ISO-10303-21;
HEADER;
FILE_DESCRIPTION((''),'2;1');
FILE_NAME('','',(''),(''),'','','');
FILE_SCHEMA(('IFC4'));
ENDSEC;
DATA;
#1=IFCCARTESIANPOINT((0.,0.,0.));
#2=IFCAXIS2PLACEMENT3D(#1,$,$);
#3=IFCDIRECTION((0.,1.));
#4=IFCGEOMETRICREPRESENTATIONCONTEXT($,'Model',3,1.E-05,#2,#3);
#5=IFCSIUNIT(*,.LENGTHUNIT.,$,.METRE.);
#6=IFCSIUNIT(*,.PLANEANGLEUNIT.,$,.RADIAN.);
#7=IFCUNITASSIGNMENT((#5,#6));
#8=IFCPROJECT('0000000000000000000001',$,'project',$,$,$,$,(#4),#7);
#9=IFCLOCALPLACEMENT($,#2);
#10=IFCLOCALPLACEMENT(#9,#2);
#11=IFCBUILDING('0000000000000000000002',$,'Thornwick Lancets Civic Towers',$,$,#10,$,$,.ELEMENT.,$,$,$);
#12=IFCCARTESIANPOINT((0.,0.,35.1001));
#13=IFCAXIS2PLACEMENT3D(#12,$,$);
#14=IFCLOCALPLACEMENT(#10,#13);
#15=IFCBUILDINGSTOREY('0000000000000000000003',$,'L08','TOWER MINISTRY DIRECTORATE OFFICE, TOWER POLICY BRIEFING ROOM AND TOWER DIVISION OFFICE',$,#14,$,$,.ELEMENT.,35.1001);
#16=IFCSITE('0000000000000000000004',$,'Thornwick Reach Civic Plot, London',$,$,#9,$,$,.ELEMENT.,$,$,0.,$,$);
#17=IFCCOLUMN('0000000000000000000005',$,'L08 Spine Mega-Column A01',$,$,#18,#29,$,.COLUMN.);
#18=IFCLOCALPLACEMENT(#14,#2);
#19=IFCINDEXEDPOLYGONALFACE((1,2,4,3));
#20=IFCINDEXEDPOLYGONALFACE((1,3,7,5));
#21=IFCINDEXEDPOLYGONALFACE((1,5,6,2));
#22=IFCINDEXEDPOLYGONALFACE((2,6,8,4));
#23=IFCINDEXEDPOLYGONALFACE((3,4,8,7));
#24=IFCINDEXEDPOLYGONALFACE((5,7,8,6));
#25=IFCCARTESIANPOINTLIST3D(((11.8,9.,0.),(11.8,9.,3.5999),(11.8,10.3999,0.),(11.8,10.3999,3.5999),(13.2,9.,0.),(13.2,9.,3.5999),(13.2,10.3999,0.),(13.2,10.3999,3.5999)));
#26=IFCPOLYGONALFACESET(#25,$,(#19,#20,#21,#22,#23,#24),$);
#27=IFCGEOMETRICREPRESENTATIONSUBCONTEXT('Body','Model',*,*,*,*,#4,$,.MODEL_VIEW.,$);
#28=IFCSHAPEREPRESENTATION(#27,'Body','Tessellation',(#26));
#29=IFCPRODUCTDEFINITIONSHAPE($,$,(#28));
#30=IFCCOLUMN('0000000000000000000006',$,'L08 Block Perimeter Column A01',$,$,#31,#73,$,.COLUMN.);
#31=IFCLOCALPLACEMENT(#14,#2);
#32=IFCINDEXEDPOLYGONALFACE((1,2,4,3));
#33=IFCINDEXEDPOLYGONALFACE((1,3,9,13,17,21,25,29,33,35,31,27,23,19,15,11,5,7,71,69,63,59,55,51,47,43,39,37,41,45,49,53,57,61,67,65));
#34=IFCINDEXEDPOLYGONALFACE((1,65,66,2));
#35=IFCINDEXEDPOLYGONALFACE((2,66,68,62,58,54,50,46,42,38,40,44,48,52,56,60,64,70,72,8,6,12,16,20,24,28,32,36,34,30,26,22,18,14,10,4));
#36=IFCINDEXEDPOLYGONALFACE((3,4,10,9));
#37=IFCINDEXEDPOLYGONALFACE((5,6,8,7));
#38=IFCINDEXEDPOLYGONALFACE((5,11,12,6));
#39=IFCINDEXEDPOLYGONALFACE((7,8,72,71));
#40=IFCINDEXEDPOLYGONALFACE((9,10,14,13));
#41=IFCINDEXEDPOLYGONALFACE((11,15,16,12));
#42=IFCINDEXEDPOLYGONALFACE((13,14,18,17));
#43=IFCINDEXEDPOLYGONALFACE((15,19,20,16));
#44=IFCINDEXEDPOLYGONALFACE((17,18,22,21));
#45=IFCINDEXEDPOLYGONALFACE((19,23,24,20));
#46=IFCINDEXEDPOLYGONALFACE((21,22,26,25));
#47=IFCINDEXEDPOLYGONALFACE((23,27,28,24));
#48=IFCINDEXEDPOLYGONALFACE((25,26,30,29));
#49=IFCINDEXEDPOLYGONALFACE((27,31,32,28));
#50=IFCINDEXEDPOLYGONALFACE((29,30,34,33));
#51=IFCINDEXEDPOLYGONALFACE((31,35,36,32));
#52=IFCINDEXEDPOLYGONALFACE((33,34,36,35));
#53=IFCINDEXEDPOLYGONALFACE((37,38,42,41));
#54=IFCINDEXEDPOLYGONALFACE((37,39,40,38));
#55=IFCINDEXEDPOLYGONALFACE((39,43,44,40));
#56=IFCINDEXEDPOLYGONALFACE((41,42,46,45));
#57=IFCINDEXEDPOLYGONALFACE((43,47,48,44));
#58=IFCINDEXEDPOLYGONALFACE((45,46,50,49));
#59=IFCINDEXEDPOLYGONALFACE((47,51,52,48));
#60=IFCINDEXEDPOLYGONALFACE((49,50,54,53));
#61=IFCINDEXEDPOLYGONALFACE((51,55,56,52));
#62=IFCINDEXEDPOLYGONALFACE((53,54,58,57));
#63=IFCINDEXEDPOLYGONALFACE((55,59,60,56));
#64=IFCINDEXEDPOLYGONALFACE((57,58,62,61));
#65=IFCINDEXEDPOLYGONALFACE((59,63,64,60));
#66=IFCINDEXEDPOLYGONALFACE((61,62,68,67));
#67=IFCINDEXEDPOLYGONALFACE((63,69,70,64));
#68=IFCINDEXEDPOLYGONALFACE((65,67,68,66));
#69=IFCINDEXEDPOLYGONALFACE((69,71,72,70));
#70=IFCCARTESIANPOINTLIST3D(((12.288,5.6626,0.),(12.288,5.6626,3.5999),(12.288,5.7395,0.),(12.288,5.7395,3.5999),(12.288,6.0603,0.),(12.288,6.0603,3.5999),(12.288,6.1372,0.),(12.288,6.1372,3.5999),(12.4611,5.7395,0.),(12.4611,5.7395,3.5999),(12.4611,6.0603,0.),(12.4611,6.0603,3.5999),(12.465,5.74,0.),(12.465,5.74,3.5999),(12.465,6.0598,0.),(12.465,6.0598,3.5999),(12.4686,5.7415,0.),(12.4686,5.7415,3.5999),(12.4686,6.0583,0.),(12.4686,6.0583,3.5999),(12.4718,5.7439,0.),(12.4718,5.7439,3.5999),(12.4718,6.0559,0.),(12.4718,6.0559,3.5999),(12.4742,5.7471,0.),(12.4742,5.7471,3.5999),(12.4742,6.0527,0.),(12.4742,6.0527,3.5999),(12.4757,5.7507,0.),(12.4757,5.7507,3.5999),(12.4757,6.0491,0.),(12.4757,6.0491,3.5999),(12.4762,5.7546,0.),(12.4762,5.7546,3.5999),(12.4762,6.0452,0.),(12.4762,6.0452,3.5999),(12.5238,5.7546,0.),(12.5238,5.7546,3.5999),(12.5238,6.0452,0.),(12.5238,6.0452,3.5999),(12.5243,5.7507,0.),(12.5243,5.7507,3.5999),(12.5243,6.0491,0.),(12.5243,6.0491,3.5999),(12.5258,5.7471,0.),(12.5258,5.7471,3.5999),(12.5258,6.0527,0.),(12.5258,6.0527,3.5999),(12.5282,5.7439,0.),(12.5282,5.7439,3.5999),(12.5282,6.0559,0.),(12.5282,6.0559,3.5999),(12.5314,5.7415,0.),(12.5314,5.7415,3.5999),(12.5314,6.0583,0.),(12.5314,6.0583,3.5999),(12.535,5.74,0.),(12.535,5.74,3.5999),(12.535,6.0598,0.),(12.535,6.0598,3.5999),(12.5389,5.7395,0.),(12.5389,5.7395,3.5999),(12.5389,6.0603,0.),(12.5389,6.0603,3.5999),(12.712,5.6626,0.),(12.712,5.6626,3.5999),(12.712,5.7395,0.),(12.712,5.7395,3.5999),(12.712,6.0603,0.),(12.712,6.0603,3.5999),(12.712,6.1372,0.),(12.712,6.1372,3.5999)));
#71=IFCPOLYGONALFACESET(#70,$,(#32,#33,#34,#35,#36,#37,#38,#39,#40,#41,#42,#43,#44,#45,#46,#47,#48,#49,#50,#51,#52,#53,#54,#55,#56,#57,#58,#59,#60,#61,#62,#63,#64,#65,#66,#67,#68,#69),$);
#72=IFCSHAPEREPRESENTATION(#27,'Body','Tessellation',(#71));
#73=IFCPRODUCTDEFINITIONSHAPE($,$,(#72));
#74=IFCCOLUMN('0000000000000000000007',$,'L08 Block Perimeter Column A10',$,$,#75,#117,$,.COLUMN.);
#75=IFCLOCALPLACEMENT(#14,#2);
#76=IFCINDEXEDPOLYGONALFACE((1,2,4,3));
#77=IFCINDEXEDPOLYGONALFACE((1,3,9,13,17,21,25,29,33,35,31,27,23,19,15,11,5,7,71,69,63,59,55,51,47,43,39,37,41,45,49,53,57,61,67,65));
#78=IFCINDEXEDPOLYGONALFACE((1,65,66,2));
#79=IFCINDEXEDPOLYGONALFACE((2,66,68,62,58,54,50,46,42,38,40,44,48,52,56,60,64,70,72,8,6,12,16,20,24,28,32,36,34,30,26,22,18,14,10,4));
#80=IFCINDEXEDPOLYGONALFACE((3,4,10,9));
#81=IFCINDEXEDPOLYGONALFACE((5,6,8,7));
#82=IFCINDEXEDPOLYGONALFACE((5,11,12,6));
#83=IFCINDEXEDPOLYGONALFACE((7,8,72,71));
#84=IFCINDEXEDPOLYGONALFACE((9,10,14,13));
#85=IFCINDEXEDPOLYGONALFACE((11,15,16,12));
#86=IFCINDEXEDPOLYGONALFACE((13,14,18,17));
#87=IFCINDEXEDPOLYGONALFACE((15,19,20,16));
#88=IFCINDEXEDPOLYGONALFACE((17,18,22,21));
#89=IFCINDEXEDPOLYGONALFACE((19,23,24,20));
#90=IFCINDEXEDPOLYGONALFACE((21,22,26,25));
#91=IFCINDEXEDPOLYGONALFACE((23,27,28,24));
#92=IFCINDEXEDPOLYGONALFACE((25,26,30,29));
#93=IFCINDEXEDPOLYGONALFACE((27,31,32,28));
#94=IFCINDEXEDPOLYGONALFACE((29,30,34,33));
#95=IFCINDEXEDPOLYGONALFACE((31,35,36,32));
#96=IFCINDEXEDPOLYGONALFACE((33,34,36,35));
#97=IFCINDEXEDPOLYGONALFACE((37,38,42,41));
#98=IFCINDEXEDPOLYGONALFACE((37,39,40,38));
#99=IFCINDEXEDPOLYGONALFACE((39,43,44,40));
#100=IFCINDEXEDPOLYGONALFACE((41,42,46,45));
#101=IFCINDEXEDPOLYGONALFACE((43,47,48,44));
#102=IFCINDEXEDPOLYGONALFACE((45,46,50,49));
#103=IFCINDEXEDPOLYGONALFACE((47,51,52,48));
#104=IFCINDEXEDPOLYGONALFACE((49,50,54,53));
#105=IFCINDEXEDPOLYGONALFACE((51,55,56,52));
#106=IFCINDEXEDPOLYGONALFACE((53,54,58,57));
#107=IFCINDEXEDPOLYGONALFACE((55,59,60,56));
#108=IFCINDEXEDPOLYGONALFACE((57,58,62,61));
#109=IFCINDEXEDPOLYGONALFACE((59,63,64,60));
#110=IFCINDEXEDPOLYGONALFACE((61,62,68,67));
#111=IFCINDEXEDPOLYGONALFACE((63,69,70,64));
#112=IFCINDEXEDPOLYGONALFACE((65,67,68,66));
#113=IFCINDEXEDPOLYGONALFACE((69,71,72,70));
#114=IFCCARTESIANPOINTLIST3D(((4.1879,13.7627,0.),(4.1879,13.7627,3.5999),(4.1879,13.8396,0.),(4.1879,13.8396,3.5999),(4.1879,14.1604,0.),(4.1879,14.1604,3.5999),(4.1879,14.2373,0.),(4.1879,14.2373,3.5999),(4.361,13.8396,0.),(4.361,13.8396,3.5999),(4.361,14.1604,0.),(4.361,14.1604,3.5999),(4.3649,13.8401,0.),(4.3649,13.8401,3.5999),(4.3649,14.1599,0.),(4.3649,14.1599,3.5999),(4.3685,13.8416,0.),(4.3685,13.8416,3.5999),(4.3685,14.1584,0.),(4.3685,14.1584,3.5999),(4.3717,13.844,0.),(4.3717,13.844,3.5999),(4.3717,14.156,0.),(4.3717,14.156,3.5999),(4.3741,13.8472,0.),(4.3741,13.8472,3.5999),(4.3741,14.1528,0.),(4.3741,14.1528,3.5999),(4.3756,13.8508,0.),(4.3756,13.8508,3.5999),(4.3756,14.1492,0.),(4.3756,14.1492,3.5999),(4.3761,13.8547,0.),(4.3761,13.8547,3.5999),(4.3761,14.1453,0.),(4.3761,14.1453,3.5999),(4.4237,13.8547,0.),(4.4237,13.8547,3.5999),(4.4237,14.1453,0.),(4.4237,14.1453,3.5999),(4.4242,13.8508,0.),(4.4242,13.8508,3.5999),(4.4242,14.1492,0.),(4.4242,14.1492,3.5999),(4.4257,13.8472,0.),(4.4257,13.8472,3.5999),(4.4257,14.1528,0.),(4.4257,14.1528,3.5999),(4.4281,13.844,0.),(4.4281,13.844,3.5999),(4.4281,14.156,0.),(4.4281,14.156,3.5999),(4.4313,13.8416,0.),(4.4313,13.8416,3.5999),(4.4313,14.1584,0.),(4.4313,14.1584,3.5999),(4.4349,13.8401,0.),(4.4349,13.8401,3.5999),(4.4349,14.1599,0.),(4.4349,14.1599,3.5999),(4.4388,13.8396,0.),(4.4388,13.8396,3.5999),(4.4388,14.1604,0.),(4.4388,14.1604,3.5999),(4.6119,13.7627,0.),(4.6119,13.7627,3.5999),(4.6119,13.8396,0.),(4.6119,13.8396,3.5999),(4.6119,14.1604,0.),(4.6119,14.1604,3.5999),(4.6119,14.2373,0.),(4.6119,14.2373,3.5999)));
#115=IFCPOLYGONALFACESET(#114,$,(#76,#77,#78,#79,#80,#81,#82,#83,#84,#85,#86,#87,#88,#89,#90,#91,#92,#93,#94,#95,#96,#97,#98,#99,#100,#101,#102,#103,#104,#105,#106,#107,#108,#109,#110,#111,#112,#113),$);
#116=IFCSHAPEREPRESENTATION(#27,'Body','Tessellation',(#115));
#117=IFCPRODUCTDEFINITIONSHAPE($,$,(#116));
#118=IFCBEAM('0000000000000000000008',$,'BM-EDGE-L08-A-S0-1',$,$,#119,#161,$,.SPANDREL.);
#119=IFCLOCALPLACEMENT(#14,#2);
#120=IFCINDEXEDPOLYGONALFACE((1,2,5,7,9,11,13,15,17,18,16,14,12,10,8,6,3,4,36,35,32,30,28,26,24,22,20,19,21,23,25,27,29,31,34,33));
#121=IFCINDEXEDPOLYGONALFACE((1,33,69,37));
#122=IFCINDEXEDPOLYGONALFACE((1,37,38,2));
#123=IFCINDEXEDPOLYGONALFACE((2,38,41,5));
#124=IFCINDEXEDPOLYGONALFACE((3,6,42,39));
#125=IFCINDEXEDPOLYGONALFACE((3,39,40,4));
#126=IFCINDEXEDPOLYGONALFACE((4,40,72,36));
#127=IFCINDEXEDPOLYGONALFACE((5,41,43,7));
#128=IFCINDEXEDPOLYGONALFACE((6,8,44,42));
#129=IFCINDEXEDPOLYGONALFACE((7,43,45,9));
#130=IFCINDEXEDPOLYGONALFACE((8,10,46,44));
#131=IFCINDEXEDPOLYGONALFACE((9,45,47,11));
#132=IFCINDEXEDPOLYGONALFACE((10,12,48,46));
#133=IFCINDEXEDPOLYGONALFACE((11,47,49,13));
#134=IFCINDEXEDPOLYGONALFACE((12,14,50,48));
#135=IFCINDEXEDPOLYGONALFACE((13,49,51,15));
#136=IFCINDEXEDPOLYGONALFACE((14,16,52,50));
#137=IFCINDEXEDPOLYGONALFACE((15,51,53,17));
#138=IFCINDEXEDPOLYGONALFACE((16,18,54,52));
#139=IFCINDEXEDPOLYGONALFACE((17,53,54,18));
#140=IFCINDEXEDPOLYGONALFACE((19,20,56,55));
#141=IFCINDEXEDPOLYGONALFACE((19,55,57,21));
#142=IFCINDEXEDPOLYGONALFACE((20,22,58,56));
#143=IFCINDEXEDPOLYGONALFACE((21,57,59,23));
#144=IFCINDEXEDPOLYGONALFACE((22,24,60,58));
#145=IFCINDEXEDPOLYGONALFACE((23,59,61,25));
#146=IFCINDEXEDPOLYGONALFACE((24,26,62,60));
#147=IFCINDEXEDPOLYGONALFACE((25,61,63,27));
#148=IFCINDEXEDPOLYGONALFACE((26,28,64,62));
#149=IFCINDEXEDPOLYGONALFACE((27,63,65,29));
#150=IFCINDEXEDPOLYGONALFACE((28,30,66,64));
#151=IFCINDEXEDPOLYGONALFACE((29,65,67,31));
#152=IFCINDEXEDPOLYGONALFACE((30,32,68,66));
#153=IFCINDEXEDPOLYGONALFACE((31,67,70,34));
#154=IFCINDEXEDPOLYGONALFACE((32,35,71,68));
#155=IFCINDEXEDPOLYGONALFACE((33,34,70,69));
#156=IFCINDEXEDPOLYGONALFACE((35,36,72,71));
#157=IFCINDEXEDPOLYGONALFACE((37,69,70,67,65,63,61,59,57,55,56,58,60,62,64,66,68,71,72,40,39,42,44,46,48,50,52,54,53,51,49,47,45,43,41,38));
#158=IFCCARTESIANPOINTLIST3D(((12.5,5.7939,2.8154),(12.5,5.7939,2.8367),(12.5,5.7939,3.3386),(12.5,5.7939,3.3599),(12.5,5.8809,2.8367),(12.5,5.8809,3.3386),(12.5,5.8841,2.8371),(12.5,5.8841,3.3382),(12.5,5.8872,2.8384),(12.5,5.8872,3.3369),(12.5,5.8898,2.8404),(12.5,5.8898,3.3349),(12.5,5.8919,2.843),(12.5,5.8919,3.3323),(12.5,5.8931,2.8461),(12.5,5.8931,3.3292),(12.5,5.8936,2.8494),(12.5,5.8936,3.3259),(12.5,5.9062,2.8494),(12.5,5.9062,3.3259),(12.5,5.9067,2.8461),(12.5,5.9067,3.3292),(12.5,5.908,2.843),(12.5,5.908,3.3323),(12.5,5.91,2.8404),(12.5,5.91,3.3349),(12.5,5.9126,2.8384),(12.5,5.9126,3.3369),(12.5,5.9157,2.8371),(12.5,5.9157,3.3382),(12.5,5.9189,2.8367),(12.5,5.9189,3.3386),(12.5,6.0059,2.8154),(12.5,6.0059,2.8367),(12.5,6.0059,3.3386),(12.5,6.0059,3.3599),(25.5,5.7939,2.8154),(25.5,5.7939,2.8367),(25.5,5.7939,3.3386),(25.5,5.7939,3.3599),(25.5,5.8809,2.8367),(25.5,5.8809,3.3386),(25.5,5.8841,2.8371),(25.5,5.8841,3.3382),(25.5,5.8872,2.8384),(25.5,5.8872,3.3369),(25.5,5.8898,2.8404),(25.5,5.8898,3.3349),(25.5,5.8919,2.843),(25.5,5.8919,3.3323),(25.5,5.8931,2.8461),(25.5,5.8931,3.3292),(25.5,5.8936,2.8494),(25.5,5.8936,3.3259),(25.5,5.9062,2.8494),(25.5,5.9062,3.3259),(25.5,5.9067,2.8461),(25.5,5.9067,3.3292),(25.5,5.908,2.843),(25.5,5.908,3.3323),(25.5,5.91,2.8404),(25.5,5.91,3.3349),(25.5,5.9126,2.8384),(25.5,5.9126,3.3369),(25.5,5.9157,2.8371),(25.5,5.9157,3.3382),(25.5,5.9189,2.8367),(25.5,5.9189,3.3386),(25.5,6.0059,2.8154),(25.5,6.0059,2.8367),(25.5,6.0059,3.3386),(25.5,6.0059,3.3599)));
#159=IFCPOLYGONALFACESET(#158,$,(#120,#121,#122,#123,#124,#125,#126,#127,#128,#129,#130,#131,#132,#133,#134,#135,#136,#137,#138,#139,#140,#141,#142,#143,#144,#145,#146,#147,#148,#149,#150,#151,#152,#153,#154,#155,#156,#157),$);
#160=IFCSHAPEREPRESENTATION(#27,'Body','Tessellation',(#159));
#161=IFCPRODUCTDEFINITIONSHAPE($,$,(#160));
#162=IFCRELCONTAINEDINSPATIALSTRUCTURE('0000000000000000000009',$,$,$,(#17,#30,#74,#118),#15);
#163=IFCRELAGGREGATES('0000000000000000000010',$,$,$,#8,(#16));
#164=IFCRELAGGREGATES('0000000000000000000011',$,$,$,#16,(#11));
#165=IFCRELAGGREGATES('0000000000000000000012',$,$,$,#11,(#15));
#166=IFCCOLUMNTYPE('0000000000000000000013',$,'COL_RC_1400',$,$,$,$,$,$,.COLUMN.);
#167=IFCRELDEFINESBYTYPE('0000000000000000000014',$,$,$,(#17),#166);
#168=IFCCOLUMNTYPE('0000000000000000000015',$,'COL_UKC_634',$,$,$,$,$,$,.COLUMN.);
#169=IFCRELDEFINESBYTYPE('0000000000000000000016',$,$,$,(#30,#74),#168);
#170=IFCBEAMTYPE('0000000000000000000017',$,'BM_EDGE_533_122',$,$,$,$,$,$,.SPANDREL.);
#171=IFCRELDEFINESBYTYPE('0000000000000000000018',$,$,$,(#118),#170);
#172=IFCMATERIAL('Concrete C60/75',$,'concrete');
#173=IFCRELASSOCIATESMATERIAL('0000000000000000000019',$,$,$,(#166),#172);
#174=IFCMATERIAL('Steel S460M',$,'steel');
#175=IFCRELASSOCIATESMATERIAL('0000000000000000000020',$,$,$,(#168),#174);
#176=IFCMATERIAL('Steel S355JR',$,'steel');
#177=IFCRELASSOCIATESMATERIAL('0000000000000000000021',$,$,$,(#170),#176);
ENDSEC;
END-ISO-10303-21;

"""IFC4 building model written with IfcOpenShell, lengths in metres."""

from ifc_helpers import new_model, si_unit, direction, frame, origin, origin_2d, place, context, subcontext, project, spatial, rectangle, i_section, extrude, material, material_profile, profile_set, type_object, element, save


model = new_model("IFC4")

# Units and contexts
model_context = context("Model", 3, precision=1e-05, world=origin(), true_north=direction((0.0, 1.0)))
body_context = subcontext(model_context, "Body", "Model", "MODEL_VIEW")
ifc_project = project(units=[si_unit("LENGTHUNIT", "METRE"), si_unit("PLANEANGLEUNIT", "RADIAN")], contexts=[model_context])

# Site, building, storey
site_placement = place(None, origin())
site = spatial("IfcSite", under=ifc_project, at=site_placement, Name="Thornwick Reach Civic Plot, London", CompositionType="ELEMENT", RefElevation=0.0)
building_placement = place(site_placement, origin())
building = spatial("IfcBuilding", under=site, at=building_placement, Name="Thornwick Lancets Civic Towers", CompositionType="ELEMENT")
storey_placement = place(building_placement, frame((0.0, 0.0, 35.1001)))
storey = spatial("IfcBuildingStorey", under=building, at=storey_placement, Name="L08", Description="TOWER MINISTRY DIRECTORATE OFFICE, TOWER POLICY BRIEFING ROOM AND TOWER DIVISION OFFICE", CompositionType="ELEMENT", Elevation=35.1001)

# Columns
ifc_material_1 = material(Name="Concrete C60/75", Category="concrete")
ifc_material_profile_1 = material_profile(ifc_material_1, rectangle(XDim=1.3999, YDim=1.3999, at=origin_2d()), Name="RC 1400x1400")
ifc_profile_set_1 = profile_set([ifc_material_profile_1], Name="Concrete C60/75")
column_type_1 = type_object("IfcColumnType", Name="COL_RC_1400", PredefinedType="COLUMN", material=ifc_profile_set_1)
column_placement = place(storey_placement, frame((12.5, 9.7, 0.0), z_axis=(0.0, 0.0, 1.0), x_axis=(1.0, 0.0, 0.0)))
element("IfcColumn", 1, at=column_placement, inside=storey, type_object=column_type_1, Name="L08 Spine Mega-Column A01", PredefinedType="COLUMN", context=body_context, shape_type="SweptSolid", body=[
    extrude(rectangle(XDim=1.3999, YDim=1.3999, at=origin_2d()), origin(), (0.0, 0.0, 1.0), 3.5999),
])
ifc_material_2 = material(Name="Steel S460M", Category="steel")
ifc_material_profile_2 = material_profile(ifc_material_2, i_section(OverallWidth=0.4241, OverallDepth=0.4746, WebThickness=0.0476, FlangeThickness=0.0769, FilletRadius=0.0151, at=origin_2d()), Name="UKC 356x406x634")
ifc_profile_set_2 = profile_set([ifc_material_profile_2], Name="Steel S460M")
column_type_2 = type_object("IfcColumnType", Name="COL_UKC_634", PredefinedType="COLUMN", material=ifc_profile_set_2)
for number, where, z_axis, x_axis, name in (
    (2, (12.5, 5.8999, 0.0), (0.0, 0.0, 1.0), (1.0, 0.0, 0.0), "L08 Block Perimeter Column A01"),
    (3, (4.3999, 14.0, 0.0), (0.0, 0.0, 1.0), (1.0, 0.0, 0.0), "L08 Block Perimeter Column A10"),
):
    element("IfcColumn", number, at=place(storey_placement, frame(where, z_axis=z_axis, x_axis=x_axis)), inside=storey, type_object=column_type_2, Name=name, PredefinedType="COLUMN", context=body_context, shape_type="SweptSolid", body=[
        extrude(i_section(OverallWidth=0.4241, OverallDepth=0.4746, WebThickness=0.0476, FlangeThickness=0.0769, FilletRadius=0.0151, at=origin_2d()), origin(), (0.0, 0.0, 1.0), 3.5999),
    ])

# Beam
ifc_material_3 = material(Name="Steel S355JR", Category="steel")
ifc_material_profile_3 = material_profile(ifc_material_3, i_section(OverallWidth=0.2119, OverallDepth=0.5444, WebThickness=0.0127, FlangeThickness=0.0212, FilletRadius=0.0127, at=origin_2d()), Name="UKB 533x210x122")
ifc_profile_set_3 = profile_set([ifc_material_profile_3], Name="Steel S355JR")
beam_type_1 = type_object("IfcBeamType", Name="BM_EDGE_533_122", PredefinedType="SPANDREL", material=ifc_profile_set_3)
for number, where, z_axis, x_axis, name in (
    (4, (12.5, 5.8999, 3.0876), (1.0, 0.0, 0.0), (0.0, 1.0, 0.0), "BM-EDGE-L08-A-S0-1"),
):
    element("IfcBeam", number, at=place(storey_placement, frame(where, z_axis=z_axis, x_axis=x_axis)), inside=storey, type_object=beam_type_1, Name=name, PredefinedType="SPANDREL", context=body_context, shape_type="SweptSolid", body=[
        extrude(i_section(OverallWidth=0.2119, OverallDepth=0.5444, WebThickness=0.0127, FlangeThickness=0.0212, FilletRadius=0.0127, at=origin_2d()), origin(), (0.0, 0.0, 1.0), 13.0),
    ])

save(model, "model.ifc")
